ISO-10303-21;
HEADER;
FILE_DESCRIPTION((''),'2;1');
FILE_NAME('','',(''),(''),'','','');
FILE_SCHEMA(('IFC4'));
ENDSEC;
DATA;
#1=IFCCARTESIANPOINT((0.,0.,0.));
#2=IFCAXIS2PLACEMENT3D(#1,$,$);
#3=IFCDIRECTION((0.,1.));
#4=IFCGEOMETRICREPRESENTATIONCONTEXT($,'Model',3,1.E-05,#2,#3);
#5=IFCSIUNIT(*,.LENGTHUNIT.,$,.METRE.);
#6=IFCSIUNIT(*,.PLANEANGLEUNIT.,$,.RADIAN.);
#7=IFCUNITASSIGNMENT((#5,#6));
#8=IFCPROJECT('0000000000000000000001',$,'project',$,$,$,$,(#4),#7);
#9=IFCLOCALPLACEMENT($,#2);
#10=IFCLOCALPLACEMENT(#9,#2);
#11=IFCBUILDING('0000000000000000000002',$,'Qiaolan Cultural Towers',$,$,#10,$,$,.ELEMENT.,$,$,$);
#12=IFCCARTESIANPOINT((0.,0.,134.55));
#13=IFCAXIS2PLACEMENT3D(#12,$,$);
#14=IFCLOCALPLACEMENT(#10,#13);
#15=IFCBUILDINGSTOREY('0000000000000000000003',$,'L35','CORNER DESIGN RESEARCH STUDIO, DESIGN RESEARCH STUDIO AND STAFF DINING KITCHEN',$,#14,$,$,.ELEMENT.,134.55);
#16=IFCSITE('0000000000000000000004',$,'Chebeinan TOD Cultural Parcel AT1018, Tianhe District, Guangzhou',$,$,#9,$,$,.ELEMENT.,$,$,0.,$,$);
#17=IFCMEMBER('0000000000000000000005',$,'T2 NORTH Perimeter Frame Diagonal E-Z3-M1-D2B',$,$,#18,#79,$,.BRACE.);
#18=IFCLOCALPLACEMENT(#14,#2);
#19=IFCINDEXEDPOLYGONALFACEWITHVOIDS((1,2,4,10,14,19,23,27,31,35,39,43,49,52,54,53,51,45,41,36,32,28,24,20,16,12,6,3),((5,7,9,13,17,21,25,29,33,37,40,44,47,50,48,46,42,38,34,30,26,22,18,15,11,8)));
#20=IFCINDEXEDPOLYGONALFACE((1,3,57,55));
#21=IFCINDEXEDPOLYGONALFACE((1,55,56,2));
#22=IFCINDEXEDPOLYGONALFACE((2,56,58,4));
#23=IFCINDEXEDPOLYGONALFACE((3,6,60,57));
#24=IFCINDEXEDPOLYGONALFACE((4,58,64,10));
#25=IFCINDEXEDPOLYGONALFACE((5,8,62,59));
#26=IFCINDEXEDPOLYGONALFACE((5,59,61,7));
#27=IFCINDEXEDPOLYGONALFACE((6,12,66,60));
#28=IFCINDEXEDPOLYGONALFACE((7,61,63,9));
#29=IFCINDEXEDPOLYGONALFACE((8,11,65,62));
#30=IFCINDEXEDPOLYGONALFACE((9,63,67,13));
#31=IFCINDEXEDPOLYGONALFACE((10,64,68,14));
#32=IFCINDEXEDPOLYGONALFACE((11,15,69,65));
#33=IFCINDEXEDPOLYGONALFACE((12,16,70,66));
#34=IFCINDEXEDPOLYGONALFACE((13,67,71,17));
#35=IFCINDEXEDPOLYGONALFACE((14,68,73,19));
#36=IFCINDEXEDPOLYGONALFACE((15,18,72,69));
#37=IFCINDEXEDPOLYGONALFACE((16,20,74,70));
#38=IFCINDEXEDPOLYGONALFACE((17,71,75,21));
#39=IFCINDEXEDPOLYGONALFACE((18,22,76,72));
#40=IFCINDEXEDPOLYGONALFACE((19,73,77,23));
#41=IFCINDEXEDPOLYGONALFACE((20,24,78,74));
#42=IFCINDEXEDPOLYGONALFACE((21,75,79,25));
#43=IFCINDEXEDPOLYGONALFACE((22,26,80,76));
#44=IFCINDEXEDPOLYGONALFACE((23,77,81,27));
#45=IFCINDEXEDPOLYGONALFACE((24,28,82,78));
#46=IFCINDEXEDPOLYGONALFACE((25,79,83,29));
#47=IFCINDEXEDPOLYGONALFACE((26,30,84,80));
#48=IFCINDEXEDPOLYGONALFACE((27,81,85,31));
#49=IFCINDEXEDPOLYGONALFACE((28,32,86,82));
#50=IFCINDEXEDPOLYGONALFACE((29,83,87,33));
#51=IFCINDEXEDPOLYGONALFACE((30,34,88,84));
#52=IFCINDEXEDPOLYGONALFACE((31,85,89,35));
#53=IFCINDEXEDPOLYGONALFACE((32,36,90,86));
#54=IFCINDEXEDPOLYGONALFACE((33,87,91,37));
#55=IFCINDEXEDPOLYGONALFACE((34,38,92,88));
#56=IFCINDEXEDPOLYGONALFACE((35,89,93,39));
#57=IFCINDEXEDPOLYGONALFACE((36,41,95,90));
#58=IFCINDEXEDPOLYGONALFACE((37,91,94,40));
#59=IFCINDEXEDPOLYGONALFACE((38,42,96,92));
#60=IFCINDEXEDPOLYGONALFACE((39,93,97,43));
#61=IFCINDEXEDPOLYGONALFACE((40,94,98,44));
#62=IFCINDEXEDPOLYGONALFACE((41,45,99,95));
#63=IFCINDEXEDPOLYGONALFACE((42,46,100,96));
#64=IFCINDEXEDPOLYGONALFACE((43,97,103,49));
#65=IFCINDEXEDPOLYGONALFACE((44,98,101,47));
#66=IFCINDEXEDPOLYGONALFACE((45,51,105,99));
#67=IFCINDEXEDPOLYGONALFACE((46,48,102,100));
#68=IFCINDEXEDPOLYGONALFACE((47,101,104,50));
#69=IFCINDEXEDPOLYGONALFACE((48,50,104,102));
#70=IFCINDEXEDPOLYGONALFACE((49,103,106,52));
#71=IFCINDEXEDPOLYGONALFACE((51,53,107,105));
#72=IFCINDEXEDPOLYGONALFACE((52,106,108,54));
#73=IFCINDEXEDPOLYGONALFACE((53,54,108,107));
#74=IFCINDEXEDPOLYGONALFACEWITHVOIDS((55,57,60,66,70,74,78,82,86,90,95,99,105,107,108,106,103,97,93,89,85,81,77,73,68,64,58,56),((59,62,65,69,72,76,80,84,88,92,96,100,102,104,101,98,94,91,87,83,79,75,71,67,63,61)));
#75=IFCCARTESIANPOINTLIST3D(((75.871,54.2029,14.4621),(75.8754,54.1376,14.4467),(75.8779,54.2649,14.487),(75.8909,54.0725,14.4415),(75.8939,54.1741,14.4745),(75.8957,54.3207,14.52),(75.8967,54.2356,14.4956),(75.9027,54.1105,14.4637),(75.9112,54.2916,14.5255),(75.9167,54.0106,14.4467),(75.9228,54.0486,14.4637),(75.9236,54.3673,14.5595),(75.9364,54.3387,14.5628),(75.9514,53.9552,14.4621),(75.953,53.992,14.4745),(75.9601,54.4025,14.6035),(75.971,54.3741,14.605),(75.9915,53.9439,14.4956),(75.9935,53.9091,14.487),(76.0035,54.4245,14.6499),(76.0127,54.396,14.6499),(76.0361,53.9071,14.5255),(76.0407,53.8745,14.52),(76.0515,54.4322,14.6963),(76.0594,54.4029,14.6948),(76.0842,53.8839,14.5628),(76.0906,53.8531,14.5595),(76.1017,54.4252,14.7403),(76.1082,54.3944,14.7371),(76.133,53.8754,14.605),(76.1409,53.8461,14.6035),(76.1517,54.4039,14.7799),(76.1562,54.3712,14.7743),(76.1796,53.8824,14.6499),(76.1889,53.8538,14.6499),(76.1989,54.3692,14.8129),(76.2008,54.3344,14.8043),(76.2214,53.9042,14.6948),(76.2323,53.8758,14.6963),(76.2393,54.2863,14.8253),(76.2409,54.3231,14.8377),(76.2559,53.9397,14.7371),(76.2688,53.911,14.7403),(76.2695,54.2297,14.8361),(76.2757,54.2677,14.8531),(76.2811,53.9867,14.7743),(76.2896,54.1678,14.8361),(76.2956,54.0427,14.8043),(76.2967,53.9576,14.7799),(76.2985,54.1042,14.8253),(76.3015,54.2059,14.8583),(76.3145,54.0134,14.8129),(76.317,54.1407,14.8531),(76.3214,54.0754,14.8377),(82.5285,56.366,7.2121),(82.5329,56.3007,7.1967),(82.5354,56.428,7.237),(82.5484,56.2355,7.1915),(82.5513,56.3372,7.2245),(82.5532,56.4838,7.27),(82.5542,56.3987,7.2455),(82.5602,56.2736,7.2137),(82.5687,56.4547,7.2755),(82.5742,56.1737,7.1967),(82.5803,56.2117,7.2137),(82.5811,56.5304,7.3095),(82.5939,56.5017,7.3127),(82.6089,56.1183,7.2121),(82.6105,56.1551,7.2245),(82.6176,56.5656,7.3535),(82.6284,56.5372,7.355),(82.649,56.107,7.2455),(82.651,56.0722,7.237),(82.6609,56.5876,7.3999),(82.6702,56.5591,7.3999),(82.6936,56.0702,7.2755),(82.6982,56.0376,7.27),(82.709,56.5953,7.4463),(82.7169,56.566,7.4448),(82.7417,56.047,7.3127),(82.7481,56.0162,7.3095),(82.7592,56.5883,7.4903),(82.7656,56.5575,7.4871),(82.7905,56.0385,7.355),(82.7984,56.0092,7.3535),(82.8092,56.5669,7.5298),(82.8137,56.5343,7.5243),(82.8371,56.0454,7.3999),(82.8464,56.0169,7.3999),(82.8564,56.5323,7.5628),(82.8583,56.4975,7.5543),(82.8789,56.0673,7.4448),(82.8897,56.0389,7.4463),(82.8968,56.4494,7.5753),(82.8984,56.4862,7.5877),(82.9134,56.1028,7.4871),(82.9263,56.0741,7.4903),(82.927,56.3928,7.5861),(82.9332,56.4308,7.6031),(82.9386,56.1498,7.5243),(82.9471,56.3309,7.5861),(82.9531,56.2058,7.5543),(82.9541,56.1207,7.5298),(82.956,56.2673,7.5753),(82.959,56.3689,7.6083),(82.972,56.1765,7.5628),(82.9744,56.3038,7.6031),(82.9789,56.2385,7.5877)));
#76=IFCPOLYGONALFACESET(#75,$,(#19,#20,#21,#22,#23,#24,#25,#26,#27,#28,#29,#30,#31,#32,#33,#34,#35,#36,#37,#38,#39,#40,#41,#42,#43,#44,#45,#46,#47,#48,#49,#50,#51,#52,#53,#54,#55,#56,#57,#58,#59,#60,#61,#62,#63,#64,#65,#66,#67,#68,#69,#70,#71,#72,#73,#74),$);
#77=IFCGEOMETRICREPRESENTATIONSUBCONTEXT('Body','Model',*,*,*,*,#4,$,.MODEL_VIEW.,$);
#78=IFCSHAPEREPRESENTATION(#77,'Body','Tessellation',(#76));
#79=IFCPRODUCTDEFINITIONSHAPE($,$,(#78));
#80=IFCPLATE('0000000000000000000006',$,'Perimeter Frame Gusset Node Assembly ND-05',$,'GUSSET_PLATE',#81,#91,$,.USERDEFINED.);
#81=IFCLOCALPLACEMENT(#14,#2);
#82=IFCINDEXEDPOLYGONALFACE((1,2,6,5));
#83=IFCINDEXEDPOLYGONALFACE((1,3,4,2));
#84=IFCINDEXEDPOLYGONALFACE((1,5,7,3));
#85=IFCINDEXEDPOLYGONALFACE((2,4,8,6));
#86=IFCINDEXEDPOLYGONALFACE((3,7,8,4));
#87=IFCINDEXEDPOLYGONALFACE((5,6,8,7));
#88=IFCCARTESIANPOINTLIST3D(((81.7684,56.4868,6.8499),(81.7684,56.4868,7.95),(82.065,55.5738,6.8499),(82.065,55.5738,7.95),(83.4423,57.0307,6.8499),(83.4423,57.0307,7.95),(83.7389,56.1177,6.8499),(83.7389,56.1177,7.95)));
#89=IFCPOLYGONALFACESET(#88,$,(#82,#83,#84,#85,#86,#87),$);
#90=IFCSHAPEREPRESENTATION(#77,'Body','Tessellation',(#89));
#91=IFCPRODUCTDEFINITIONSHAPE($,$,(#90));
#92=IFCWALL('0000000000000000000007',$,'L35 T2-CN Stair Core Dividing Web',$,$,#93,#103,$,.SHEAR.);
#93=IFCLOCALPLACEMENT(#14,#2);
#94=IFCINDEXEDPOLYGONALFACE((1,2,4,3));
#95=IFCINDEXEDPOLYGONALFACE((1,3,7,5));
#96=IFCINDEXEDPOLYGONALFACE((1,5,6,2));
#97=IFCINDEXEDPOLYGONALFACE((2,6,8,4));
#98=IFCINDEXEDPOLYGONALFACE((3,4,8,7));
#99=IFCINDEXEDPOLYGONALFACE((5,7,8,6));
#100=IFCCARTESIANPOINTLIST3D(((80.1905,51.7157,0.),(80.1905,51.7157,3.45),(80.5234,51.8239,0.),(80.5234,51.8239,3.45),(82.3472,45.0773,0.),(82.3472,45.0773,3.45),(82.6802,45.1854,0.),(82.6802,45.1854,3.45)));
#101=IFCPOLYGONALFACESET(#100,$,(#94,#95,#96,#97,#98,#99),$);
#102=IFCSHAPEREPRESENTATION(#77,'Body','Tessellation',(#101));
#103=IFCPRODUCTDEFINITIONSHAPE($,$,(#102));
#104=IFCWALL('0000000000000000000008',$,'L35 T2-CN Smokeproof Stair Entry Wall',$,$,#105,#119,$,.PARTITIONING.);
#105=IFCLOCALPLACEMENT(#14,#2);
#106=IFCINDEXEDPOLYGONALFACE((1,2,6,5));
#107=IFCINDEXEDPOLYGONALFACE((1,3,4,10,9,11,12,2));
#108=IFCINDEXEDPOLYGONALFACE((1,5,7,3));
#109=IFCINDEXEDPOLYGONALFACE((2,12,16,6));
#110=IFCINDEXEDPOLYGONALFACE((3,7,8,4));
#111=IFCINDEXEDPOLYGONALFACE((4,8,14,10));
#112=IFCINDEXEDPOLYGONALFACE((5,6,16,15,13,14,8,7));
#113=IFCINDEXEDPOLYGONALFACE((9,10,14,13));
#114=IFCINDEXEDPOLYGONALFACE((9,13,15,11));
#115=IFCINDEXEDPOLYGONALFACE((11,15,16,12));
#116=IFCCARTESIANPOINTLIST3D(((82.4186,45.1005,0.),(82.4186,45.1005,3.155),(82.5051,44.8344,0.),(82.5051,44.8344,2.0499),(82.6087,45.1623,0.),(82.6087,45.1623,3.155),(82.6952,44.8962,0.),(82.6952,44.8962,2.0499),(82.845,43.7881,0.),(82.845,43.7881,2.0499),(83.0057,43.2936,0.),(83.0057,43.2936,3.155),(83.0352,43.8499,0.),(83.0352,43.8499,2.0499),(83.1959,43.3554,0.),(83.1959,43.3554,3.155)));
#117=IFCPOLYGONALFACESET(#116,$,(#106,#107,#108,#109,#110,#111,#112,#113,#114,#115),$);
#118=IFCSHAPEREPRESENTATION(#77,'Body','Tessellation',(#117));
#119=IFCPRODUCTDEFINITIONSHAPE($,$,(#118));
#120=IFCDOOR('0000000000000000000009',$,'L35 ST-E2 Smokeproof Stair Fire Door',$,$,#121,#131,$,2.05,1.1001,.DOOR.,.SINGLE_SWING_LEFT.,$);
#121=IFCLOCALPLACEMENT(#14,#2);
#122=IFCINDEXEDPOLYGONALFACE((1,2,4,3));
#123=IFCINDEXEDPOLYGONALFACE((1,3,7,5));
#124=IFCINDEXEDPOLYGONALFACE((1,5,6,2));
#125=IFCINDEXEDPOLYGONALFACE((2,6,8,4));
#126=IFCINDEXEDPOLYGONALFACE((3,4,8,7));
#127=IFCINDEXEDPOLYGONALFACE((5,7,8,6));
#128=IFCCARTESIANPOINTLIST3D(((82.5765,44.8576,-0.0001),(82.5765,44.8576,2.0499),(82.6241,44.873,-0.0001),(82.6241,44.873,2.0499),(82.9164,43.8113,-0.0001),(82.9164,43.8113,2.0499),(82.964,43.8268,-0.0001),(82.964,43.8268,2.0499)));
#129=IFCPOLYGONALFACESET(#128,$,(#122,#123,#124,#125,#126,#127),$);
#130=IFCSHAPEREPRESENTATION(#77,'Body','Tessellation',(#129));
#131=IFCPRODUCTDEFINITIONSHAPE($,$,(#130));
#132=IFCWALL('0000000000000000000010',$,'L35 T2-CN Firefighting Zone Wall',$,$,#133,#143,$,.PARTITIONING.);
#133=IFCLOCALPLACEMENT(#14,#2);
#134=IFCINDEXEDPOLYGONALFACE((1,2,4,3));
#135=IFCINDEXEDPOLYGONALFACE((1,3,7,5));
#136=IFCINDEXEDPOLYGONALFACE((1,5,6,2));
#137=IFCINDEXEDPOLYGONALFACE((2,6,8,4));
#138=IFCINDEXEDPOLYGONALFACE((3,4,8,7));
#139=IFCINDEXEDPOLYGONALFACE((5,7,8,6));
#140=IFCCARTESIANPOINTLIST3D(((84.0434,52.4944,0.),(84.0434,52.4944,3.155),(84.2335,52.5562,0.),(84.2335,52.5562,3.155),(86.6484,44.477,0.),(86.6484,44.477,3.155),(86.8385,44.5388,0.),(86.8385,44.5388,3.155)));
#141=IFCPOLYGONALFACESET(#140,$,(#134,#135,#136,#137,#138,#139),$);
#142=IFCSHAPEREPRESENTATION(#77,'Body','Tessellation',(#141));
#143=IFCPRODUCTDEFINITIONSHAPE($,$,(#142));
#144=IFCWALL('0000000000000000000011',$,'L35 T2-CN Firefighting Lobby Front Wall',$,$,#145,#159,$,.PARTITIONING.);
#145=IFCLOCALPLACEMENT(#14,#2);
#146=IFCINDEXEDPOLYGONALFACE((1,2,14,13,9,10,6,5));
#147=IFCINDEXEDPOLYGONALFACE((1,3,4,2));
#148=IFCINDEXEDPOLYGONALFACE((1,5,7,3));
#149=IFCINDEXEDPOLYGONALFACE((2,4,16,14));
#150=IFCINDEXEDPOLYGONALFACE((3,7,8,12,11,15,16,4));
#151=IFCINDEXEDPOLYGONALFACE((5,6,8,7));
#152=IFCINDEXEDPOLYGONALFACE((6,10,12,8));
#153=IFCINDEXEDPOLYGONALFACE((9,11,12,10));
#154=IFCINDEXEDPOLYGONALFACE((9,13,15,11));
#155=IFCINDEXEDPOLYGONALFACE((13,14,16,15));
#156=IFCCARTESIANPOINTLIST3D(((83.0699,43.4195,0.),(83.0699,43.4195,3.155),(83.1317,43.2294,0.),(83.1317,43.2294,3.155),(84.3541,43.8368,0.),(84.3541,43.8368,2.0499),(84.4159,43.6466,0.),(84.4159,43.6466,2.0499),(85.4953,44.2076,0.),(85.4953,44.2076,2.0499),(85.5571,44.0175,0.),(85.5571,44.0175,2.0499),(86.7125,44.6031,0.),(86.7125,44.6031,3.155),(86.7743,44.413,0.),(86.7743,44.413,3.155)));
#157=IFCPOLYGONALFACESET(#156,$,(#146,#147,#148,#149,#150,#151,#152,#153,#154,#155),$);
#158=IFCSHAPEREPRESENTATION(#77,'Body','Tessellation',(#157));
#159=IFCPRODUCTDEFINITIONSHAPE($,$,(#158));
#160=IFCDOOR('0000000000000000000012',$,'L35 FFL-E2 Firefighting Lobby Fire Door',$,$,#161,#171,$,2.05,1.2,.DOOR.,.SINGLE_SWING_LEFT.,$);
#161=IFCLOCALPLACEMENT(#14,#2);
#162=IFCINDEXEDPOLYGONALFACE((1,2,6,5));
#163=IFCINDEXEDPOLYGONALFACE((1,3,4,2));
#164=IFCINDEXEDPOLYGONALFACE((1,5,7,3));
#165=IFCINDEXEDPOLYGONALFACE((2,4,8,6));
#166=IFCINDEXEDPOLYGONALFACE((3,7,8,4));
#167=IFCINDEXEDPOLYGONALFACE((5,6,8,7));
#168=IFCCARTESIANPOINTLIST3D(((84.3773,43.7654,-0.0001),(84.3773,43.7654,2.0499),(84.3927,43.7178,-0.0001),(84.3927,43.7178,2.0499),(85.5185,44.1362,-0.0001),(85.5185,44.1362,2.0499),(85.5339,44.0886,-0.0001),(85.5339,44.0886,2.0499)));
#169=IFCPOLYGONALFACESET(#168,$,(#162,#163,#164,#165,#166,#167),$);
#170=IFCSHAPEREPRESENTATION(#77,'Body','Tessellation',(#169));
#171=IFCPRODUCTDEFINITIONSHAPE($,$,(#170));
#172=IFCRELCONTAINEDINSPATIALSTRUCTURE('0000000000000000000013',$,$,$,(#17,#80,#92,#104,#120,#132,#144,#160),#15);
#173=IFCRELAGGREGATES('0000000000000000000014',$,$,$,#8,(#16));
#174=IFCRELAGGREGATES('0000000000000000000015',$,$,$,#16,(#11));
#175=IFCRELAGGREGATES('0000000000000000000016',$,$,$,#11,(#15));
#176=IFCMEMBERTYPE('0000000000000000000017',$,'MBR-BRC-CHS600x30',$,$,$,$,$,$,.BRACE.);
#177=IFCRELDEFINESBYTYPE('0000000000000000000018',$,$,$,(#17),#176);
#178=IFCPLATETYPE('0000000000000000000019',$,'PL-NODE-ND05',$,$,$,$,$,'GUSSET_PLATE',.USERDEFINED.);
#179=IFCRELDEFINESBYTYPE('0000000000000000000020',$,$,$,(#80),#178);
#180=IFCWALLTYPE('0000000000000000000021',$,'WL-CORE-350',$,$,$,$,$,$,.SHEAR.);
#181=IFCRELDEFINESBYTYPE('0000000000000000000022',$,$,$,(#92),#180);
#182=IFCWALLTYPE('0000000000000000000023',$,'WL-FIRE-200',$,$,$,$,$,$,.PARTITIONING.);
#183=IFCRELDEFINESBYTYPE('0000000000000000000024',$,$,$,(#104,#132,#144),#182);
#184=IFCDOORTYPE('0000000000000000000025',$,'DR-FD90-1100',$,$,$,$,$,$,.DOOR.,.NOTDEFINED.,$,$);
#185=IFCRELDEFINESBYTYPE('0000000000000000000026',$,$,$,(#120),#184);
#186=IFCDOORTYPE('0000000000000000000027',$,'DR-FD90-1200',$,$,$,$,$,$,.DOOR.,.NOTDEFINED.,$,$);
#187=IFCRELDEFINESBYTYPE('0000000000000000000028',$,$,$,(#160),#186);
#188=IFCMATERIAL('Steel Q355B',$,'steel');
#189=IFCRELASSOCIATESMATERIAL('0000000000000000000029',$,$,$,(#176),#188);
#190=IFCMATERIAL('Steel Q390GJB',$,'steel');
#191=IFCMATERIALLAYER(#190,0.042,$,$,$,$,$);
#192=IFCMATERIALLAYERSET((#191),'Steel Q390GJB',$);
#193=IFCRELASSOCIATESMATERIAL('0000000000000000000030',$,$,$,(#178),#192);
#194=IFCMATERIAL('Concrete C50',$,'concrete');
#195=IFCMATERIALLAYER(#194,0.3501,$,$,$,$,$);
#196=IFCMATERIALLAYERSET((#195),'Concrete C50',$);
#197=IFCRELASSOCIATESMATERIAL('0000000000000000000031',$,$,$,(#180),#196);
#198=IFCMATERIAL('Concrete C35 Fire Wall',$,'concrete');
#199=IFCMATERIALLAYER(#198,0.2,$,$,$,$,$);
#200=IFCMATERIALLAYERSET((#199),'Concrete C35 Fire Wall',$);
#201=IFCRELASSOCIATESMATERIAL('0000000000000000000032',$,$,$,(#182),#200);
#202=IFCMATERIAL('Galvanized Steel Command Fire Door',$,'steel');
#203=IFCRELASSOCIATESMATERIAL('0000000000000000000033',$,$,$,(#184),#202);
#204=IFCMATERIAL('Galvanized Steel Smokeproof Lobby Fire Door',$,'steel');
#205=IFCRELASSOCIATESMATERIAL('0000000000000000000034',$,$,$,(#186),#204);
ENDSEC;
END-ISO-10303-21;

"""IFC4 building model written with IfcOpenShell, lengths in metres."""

from ifc_helpers import new_model, si_unit, direction, frame, frame_2d, origin, origin_2d, place, context, subcontext, project, spatial, rectangle, hollow_circle, extrude, material, layer, layer_set, material_profile, profile_set, type_object, element, fill, save


model = new_model("IFC4")

# Units and contexts
model_context = context("Model", 3, precision=1e-05, world=origin(), true_north=direction((0.0, 1.0)))
body_context = subcontext(model_context, "Body", "Model", "MODEL_VIEW")
ifc_project = project(units=[si_unit("LENGTHUNIT", "METRE"), si_unit("PLANEANGLEUNIT", "RADIAN")], contexts=[model_context])

# Site, building, storey
site_placement = place(None, origin())
site = spatial("IfcSite", under=ifc_project, at=site_placement, Name="Chebeinan TOD Cultural Parcel AT1018, Tianhe District, Guangzhou", CompositionType="ELEMENT", RefElevation=0.0)
building_placement = place(site_placement, origin())
building = spatial("IfcBuilding", under=site, at=building_placement, Name="Qiaolan Cultural Towers", CompositionType="ELEMENT")
storey_placement = place(building_placement, frame((0.0, 0.0, 134.55)))
storey = spatial("IfcBuildingStorey", under=building, at=storey_placement, Name="L35", Description="CORNER DESIGN RESEARCH STUDIO, DESIGN RESEARCH STUDIO AND STAFF DINING KITCHEN", CompositionType="ELEMENT", Elevation=134.55)

# Member
ifc_material_1 = material(Name="Steel Q355B", Category="steel")
ifc_material_profile_1 = material_profile(ifc_material_1, hollow_circle(Radius=0.3, WallThickness=0.03, at=origin_2d()), Name="CHS600x30")
ifc_profile_set_1 = profile_set([ifc_material_profile_1], Name="Steel Q355B")
member_type = type_object("IfcMemberType", Name="MBR-BRC-CHS600x30", PredefinedType="BRACE", material=ifc_profile_set_1)
member_1_placement = place(storey_placement, frame((82.7537, 56.3022, 7.3999), z_axis=(-0.660603, -0.214637, 0.719398), x_axis=(0.30901, -0.951059, 0.0)))
element("IfcMember", 1, at=member_1_placement, inside=storey, type_object=member_type, Name="T2 NORTH Perimeter Frame Diagonal E-Z3-M1-D2B", PredefinedType="BRACE", context=body_context, shape_type="SweptSolid", body=[
    extrude(hollow_circle(Radius=0.3, WallThickness=0.03, at=origin_2d()), origin(), (0.0, 0.0, 1.0), 10.0779),
])

# Plate
ifc_material_2 = material(Name="Steel Q390GJB", Category="steel")
ifc_layer_1 = layer(ifc_material_2, 0.042)
ifc_layer_set_1 = layer_set([ifc_layer_1], Name="Steel Q390GJB")
plate_type = type_object("IfcPlateType", Name="PL-NODE-ND05", ElementType="GUSSET_PLATE", PredefinedType="USERDEFINED", material=ifc_layer_set_1)
plate_placement = place(storey_placement, frame((82.7537, 56.3022, 6.8499), z_axis=(0.0, 0.0, 1.0), x_axis=(0.951057, 0.309017, 0.0)))
element("IfcPlate", 2, at=plate_placement, inside=storey, type_object=plate_type, Name="Perimeter Frame Gusset Node Assembly ND-05", ObjectType="GUSSET_PLATE", PredefinedType="USERDEFINED", context=body_context, shape_type="SweptSolid", body=[
    extrude(rectangle(XDim=1.76, YDim=0.96, at=origin_2d()), origin(), (0.0, 0.0, 1.0), 1.1001),
])

# Wall
ifc_material_3 = material(Name="Concrete C50", Category="concrete")
ifc_layer_2 = layer(ifc_material_3, 0.3501)
ifc_layer_set_2 = layer_set([ifc_layer_2], Name="Concrete C50")
wall_type_1 = type_object("IfcWallType", Name="WL-CORE-350", PredefinedType="SHEAR", material=ifc_layer_set_2)
wall_1_placement = place(storey_placement, frame((82.5137, 45.1313, 0.0), z_axis=(0.0, 0.0, 1.0), x_axis=(-0.308989, 0.951066, 0.0)))
element("IfcWall", 3, at=wall_1_placement, inside=storey, type_object=wall_type_1, Name="L35 T2-CN Stair Core Dividing Web", PredefinedType="SHEAR", context=body_context, shape_type="SweptSolid", body=[
    extrude(rectangle(XDim=6.98, YDim=0.3501, at=frame_2d((3.49, 0.0))), origin(), (0.0, 0.0, 1.0), 3.45),
])

# Wall, opening, door
ifc_material_4 = material(Name="Concrete C35 Fire Wall", Category="concrete")
ifc_layer_3 = layer(ifc_material_4, 0.2)
ifc_layer_set_3 = layer_set([ifc_layer_3], Name="Concrete C35 Fire Wall")
wall_type_2 = type_object("IfcWallType", Name="WL-FIRE-200", PredefinedType="PARTITIONING", material=ifc_layer_set_3)
wall_2_placement = place(storey_placement, frame((83.1008, 43.3245, 0.0), z_axis=(0.0, 0.0, 1.0), x_axis=(-0.309048, 0.951046, 0.0)))
wall_2 = element("IfcWall", 4, at=wall_2_placement, inside=storey, type_object=wall_type_2, Name="L35 T2-CN Smokeproof Stair Entry Wall", PredefinedType="PARTITIONING", context=body_context, shape_type="SweptSolid", body=[
    extrude(rectangle(XDim=1.8999, YDim=0.2, at=frame_2d((0.95, 0.0))), origin(), (0.0, 0.0, 1.0), 3.155),
])
opening_1_placement = place(wall_2_placement, frame((0.52, 0.0, 0.0)))
opening_1 = element("IfcOpeningElement", 5, at=opening_1_placement, cuts=wall_2, PredefinedType="OPENING", context=body_context, shape_type="SweptSolid", body=[
    extrude(rectangle(XDim=1.1001, YDim=2.05, at=frame_2d((0.55, 1.0249))), frame((0.0, 0.1099, 0.0), z_axis=(0.0, -1.0, 0.0), x_axis=(1.0, 0.0, 0.0)), (0.0, 0.0, 1.0), 0.22),
])
ifc_material_5 = material(Name="Galvanized Steel Command Fire Door", Category="steel")
door_type_1 = type_object("IfcDoorType", Name="DR-FD90-1100", OperationType="NOTDEFINED", PredefinedType="DOOR", material=ifc_material_5)
door_1_placement = place(opening_1_placement, origin())
door_1 = element("IfcDoor", 6, at=door_1_placement, inside=storey, type_object=door_type_1, Name="L35 ST-E2 Smokeproof Stair Fire Door", OperationType="SINGLE_SWING_LEFT", OverallHeight=2.05, OverallWidth=1.1001, PredefinedType="DOOR", context=body_context, shape_type="SweptSolid", body=[
    extrude(rectangle(XDim=1.1001, YDim=2.05, at=frame_2d((0.55, 1.0249))), frame((0.0, 0.0249, 0.0), z_axis=(0.0, -1.0, 0.0), x_axis=(1.0, 0.0, 0.0)), (0.0, 0.0, 1.0), 0.05),
])
fill(opening_1, door_1)

# Wall
wall_3_placement = place(storey_placement, frame((86.7434, 44.5081, 0.0), z_axis=(0.0, 0.0, 1.0), x_axis=(-0.309016, 0.951057, 0.0)))
element("IfcWall", 7, at=wall_3_placement, inside=storey, type_object=wall_type_2, Name="L35 T2-CN Firefighting Zone Wall", PredefinedType="PARTITIONING", context=body_context, shape_type="SweptSolid", body=[
    extrude(rectangle(XDim=8.4299, YDim=0.2, at=frame_2d((4.2148, 0.0))), origin(), (0.0, 0.0, 1.0), 3.155),
])

# Wall, opening, door
wall_4_placement = place(storey_placement, frame((83.1008, 43.3245, 0.0), z_axis=(0.0, 0.0, 1.0), x_axis=(0.951053, 0.309028, 0.0)))
wall_4 = element("IfcWall", 8, at=wall_4_placement, inside=storey, type_object=wall_type_2, Name="L35 T2-CN Firefighting Lobby Front Wall", PredefinedType="PARTITIONING", context=body_context, shape_type="SweptSolid", body=[
    extrude(rectangle(XDim=3.8301, YDim=0.2, at=frame_2d((1.915, 0.0))), origin(), (0.0, 0.0, 1.0), 3.155),
])
opening_2_placement = place(wall_4_placement, frame((1.3501, 0.0, 0.0)))
opening_2 = element("IfcOpeningElement", 9, at=opening_2_placement, cuts=wall_4, PredefinedType="OPENING", context=body_context, shape_type="SweptSolid", body=[
    extrude(rectangle(XDim=1.2, YDim=2.05, at=frame_2d((0.6001, 1.0249))), frame((0.0, 0.1099, 0.0), z_axis=(0.0, -1.0, 0.0), x_axis=(1.0, 0.0, 0.0)), (0.0, 0.0, 1.0), 0.22),
])
ifc_material_6 = material(Name="Galvanized Steel Smokeproof Lobby Fire Door", Category="steel")
door_type_2 = type_object("IfcDoorType", Name="DR-FD90-1200", OperationType="NOTDEFINED", PredefinedType="DOOR", material=ifc_material_6)
door_2_placement = place(opening_2_placement, origin())
door_2 = element("IfcDoor", 10, at=door_2_placement, inside=storey, type_object=door_type_2, Name="L35 FFL-E2 Firefighting Lobby Fire Door", OperationType="SINGLE_SWING_LEFT", OverallHeight=2.05, OverallWidth=1.2, PredefinedType="DOOR", context=body_context, shape_type="SweptSolid", body=[
    extrude(rectangle(XDim=1.2, YDim=2.05, at=frame_2d((0.6001, 1.0249))), frame((0.0, 0.0249, 0.0), z_axis=(0.0, -1.0, 0.0), x_axis=(1.0, 0.0, 0.0)), (0.0, 0.0, 1.0), 0.05),
])
fill(opening_2, door_2)

save(model, "model.ifc")
